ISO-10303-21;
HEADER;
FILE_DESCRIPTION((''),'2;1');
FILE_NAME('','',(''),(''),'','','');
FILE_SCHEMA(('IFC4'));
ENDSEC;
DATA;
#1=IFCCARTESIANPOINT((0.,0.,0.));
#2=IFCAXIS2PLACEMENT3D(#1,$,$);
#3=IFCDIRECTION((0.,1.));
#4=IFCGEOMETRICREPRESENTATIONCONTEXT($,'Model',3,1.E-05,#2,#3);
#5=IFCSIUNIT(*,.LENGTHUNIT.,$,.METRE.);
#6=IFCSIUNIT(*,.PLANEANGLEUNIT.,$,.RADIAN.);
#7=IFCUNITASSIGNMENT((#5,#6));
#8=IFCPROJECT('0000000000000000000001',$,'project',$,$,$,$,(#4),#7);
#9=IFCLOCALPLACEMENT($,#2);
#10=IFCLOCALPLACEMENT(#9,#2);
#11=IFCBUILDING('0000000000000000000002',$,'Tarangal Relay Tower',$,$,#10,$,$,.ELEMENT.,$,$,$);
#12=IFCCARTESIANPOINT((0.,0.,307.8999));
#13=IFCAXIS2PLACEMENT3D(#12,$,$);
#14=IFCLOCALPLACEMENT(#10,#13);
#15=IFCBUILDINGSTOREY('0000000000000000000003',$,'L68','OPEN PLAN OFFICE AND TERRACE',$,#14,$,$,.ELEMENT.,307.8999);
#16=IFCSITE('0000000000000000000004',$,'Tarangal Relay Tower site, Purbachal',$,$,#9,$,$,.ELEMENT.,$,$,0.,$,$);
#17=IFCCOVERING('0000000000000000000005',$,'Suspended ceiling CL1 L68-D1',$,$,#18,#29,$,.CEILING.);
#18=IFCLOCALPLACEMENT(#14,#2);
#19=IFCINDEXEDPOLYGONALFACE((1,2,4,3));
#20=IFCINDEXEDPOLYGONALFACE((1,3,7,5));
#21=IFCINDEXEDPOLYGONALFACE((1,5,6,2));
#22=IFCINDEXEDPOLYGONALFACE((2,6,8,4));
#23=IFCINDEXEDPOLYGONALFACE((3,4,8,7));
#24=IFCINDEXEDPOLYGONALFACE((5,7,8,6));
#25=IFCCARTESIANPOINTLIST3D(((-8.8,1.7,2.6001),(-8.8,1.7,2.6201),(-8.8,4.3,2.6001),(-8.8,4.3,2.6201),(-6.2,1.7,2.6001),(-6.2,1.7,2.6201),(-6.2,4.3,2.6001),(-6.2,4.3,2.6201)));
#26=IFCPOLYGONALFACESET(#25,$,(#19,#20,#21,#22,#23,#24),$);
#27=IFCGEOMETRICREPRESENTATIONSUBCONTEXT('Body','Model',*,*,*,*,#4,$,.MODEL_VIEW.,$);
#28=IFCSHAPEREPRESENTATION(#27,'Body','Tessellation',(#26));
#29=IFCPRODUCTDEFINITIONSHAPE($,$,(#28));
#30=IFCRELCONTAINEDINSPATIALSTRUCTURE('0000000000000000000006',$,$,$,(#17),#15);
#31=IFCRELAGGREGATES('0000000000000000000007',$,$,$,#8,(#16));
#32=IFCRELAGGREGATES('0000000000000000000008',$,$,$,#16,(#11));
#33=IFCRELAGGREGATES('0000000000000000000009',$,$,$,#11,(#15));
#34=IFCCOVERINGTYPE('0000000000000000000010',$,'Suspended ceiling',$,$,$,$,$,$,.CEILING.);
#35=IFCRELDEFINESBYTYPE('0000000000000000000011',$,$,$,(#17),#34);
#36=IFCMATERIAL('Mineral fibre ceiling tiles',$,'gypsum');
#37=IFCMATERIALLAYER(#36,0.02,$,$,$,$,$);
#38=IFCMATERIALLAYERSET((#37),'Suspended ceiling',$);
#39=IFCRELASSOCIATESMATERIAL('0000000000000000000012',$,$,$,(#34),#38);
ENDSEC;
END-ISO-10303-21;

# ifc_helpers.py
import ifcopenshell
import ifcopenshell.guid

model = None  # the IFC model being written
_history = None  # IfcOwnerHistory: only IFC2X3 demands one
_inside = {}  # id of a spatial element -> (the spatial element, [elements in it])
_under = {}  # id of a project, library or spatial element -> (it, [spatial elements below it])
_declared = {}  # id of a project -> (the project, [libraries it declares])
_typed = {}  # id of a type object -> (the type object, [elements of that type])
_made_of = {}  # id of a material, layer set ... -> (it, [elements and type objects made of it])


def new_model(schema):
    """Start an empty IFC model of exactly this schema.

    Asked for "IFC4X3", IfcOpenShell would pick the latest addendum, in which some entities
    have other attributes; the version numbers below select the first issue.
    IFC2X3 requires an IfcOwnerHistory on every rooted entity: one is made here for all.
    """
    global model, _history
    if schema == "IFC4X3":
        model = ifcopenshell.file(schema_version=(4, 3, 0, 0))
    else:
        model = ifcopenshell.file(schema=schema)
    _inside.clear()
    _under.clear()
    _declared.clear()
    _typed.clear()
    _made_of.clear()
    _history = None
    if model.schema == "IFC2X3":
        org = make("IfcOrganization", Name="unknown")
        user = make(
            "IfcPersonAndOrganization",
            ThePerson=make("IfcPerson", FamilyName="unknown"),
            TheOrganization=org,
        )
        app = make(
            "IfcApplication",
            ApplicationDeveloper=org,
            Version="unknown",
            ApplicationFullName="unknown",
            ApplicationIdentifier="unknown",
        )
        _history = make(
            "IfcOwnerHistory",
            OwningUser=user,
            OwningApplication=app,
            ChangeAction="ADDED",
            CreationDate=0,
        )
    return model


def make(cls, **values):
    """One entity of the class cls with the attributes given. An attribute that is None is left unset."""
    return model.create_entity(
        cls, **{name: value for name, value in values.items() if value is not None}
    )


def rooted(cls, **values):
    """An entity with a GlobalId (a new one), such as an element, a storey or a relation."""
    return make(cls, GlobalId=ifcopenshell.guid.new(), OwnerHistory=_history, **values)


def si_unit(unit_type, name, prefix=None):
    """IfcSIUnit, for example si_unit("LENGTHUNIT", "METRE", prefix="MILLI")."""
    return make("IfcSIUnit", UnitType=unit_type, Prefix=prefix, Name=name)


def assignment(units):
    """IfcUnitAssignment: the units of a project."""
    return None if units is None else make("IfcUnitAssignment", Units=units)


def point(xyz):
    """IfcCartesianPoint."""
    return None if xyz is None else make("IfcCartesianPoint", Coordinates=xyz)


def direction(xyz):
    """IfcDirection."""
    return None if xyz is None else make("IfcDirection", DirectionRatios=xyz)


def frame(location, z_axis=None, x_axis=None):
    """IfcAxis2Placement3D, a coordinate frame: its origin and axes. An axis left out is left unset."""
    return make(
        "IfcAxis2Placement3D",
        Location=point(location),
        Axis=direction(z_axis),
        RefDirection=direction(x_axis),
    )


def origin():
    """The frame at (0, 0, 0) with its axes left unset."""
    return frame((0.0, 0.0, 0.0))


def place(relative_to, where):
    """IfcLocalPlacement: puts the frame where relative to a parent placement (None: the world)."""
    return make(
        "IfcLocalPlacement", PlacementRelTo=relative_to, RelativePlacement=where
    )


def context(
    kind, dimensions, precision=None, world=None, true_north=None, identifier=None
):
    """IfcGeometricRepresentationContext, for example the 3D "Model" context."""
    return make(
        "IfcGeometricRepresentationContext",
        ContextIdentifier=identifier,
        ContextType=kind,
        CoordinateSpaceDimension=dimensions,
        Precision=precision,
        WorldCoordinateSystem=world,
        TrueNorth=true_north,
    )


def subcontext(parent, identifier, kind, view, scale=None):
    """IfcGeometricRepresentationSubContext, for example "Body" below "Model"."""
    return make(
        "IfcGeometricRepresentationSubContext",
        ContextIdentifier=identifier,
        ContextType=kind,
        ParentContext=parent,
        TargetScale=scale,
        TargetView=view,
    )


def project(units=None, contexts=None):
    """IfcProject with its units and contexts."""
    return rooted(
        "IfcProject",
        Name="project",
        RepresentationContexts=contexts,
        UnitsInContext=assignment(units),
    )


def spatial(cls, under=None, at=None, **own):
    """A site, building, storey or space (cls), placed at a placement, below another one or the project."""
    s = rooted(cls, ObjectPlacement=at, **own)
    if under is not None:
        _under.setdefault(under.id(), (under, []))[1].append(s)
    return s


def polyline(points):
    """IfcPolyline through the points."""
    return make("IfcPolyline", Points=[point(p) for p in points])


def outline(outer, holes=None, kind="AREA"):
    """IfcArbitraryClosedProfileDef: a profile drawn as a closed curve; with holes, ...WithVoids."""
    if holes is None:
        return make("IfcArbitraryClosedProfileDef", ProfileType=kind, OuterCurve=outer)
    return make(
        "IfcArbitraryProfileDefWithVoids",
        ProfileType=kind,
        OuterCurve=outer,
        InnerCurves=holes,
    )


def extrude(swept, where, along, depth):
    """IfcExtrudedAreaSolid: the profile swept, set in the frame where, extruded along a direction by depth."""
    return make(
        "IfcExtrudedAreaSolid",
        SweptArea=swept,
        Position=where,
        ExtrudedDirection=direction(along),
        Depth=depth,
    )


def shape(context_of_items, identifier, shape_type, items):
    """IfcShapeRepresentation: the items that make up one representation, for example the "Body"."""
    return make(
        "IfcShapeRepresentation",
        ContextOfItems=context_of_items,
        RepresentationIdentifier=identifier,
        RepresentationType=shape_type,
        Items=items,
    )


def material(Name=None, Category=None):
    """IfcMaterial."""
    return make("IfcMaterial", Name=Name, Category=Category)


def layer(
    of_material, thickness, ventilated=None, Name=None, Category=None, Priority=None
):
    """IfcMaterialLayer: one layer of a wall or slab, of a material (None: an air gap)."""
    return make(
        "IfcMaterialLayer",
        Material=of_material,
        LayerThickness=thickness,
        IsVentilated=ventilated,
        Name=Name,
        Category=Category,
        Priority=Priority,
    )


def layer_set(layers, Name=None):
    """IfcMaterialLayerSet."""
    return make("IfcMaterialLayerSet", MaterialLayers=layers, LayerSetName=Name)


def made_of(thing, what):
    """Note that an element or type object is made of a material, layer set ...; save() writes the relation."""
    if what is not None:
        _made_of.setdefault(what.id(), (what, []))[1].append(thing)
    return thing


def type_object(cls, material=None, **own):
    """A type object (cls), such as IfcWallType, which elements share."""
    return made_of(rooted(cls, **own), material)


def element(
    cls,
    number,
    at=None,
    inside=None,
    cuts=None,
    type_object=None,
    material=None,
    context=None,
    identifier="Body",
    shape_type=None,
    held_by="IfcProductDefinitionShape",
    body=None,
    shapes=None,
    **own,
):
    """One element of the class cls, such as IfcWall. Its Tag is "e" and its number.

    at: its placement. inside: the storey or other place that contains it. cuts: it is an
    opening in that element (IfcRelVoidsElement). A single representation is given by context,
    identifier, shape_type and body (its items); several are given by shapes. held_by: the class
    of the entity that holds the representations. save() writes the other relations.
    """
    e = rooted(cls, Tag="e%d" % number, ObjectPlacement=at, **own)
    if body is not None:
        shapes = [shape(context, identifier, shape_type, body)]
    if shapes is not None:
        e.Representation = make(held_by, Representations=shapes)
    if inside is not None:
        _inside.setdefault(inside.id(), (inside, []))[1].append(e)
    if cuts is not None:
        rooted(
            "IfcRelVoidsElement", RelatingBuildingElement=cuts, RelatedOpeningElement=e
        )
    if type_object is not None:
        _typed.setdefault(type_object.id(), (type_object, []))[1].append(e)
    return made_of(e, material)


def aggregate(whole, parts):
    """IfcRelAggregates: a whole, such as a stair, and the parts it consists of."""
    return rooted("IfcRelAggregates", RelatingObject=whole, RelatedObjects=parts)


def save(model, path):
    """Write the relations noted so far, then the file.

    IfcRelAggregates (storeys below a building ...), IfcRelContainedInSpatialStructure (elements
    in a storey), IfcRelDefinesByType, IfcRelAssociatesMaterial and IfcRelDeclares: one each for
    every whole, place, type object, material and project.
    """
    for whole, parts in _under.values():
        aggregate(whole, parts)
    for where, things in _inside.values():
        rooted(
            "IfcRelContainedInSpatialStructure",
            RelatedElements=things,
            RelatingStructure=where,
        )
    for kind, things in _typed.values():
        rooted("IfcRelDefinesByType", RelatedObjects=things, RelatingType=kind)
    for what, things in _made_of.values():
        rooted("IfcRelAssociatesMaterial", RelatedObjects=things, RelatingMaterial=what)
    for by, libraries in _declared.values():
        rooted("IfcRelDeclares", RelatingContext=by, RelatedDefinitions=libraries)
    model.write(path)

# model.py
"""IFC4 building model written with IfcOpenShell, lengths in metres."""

from ifc_helpers import new_model, si_unit, direction, frame, origin, place, context, subcontext, project, spatial, polyline, outline, extrude, material, layer, layer_set, type_object, element, save


model = new_model("IFC4")

# Units and contexts
model_context = context("Model", 3, precision=1e-05, world=origin(), true_north=direction((0.0, 1.0)))
body_context = subcontext(model_context, "Body", "Model", "MODEL_VIEW")
ifc_project = project(units=[si_unit("LENGTHUNIT", "METRE"), si_unit("PLANEANGLEUNIT", "RADIAN")], contexts=[model_context])

# Site, building, storey
site_placement = place(None, origin())
site = spatial("IfcSite", under=ifc_project, at=site_placement, Name="Tarangal Relay Tower site, Purbachal", CompositionType="ELEMENT", RefElevation=0.0)
building_placement = place(site_placement, origin())
building = spatial("IfcBuilding", under=site, at=building_placement, Name="Tarangal Relay Tower", CompositionType="ELEMENT")
storey_placement = place(building_placement, frame((0.0, 0.0, 307.8999)))
storey = spatial("IfcBuildingStorey", under=building, at=storey_placement, Name="L68", Description="OPEN PLAN OFFICE AND TERRACE", CompositionType="ELEMENT", Elevation=307.8999)

# Covering
ifc_material_1 = material(Name="Mineral fibre ceiling tiles", Category="gypsum")
ifc_layer_1 = layer(ifc_material_1, 0.02)
ifc_layer_set_1 = layer_set([ifc_layer_1], Name="Suspended ceiling")
covering_type_1 = type_object("IfcCoveringType", Name="Suspended ceiling", PredefinedType="CEILING", material=ifc_layer_set_1)
covering_1_placement = place(storey_placement, frame((0.0, 0.0, 2.6001)))
element("IfcCovering", 1, at=covering_1_placement, inside=storey, type_object=covering_type_1, Name="Suspended ceiling CL1 L68-D1", PredefinedType="CEILING", context=body_context, shape_type="SweptSolid", body=[
    extrude(outline(polyline([(-8.8, 1.7), (-6.2, 1.7), (-6.2, 4.3), (-8.8, 4.3), (-8.8, 1.7)])), origin(), (0.0, 0.0, 1.0), 0.02),
])

save(model, "model.ifc")
